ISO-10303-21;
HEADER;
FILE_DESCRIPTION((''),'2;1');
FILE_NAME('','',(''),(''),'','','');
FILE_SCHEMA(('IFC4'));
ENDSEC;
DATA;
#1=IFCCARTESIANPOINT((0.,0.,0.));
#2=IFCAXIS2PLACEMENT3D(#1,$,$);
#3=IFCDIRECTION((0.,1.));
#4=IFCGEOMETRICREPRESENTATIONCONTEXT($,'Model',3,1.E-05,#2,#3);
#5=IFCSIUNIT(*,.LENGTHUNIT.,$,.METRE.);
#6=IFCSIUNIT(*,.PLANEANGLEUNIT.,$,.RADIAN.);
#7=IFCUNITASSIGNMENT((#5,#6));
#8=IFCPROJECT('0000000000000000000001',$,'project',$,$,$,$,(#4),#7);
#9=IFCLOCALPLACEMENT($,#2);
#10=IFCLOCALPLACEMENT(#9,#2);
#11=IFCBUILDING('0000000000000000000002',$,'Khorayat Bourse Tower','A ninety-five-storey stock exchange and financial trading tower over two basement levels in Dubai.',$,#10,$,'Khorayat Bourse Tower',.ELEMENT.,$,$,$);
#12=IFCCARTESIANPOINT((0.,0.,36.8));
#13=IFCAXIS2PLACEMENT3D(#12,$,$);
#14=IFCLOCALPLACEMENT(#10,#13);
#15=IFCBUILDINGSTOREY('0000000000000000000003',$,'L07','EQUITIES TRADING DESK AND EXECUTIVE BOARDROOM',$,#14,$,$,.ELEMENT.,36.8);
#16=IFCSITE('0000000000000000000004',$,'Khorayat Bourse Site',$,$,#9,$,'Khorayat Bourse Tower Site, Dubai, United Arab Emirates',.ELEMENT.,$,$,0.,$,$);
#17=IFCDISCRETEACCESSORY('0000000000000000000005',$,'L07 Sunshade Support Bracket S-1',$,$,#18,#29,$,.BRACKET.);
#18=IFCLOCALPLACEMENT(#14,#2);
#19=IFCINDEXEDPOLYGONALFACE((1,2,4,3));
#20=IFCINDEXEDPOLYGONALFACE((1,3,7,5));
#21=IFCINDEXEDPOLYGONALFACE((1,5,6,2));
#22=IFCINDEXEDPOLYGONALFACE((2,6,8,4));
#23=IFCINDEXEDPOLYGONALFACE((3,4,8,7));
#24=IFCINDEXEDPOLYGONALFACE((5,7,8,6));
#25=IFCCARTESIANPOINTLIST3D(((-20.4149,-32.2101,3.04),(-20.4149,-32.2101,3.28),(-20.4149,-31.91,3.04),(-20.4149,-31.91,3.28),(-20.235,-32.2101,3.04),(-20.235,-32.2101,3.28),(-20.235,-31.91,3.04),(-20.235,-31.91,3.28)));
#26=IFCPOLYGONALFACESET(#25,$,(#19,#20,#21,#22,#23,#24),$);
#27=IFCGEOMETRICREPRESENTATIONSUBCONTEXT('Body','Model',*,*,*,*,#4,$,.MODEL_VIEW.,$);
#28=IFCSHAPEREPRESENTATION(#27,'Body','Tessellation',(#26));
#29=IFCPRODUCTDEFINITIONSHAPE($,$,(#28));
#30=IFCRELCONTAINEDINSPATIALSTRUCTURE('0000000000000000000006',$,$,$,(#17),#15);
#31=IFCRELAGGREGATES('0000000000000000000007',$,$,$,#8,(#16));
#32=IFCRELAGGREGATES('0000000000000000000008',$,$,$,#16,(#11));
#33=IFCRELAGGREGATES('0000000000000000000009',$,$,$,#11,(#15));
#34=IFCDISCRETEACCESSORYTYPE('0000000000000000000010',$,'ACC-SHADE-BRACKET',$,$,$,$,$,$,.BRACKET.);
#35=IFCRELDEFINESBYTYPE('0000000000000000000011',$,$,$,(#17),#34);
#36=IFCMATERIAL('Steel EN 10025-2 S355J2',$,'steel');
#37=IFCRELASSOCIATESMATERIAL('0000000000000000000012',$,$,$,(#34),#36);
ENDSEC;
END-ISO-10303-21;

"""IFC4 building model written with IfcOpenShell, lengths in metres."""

from ifc_helpers import new_model, si_unit, direction, frame, origin, origin_2d, place, context, subcontext, project, spatial, rectangle, extrude, source, transform, mapped, material, type_object, element, save


model = new_model("IFC4")

# Units and contexts
model_context = context("Model", 3, precision=1e-05, world=origin(), true_north=direction((0.0, 1.0)))
body_context = subcontext(model_context, "Body", "Model", "MODEL_VIEW")
ifc_project = project(units=[si_unit("LENGTHUNIT", "METRE"), si_unit("PLANEANGLEUNIT", "RADIAN")], contexts=[model_context])

# Site, building, storey
site_placement = place(None, origin())
site = spatial("IfcSite", under=ifc_project, at=site_placement, Name="Khorayat Bourse Site", LongName="Khorayat Bourse Tower Site, Dubai, United Arab Emirates", CompositionType="ELEMENT", RefElevation=0.0)
building_placement = place(site_placement, origin())
building = spatial("IfcBuilding", under=site, at=building_placement, Name="Khorayat Bourse Tower", Description="A ninety-five-storey stock exchange and financial trading tower over two basement levels in Dubai.", LongName="Khorayat Bourse Tower", CompositionType="ELEMENT")
storey_placement = place(building_placement, frame((0.0, 0.0, 36.8)))
storey = spatial("IfcBuildingStorey", under=building, at=storey_placement, Name="L07", Description="EQUITIES TRADING DESK AND EXECUTIVE BOARDROOM", CompositionType="ELEMENT", Elevation=36.8)

# Discrete accessory
ifc_material_1 = material(Name="Steel EN 10025-2 S355J2", Category="steel")
discrete_accessory_type = type_object("IfcDiscreteAccessoryType", Name="ACC-SHADE-BRACKET", PredefinedType="BRACKET", material=ifc_material_1)
shared_shape_1 = source(origin(), body_context, "Body", "SweptSolid", [
    extrude(rectangle(XDim=0.1799, YDim=0.3, at=origin_2d()), origin(), (0.0, 0.0, 1.0), 0.24),
])
discrete_accessory_placement = place(storey_placement, frame((-20.325, -32.0601, 3.04), z_axis=(0.0, 0.0, 1.0), x_axis=(1.0, 0.0, 0.0)))
element("IfcDiscreteAccessory", 1, at=discrete_accessory_placement, inside=storey, type_object=discrete_accessory_type, Name="L07 Sunshade Support Bracket S-1", PredefinedType="BRACKET", context=body_context, shape_type="MappedRepresentation", body=[
    mapped(shared_shape_1, transform((0.0, 0.0, 0.0), scale=1.0)),
])

save(model, "model.ifc")
